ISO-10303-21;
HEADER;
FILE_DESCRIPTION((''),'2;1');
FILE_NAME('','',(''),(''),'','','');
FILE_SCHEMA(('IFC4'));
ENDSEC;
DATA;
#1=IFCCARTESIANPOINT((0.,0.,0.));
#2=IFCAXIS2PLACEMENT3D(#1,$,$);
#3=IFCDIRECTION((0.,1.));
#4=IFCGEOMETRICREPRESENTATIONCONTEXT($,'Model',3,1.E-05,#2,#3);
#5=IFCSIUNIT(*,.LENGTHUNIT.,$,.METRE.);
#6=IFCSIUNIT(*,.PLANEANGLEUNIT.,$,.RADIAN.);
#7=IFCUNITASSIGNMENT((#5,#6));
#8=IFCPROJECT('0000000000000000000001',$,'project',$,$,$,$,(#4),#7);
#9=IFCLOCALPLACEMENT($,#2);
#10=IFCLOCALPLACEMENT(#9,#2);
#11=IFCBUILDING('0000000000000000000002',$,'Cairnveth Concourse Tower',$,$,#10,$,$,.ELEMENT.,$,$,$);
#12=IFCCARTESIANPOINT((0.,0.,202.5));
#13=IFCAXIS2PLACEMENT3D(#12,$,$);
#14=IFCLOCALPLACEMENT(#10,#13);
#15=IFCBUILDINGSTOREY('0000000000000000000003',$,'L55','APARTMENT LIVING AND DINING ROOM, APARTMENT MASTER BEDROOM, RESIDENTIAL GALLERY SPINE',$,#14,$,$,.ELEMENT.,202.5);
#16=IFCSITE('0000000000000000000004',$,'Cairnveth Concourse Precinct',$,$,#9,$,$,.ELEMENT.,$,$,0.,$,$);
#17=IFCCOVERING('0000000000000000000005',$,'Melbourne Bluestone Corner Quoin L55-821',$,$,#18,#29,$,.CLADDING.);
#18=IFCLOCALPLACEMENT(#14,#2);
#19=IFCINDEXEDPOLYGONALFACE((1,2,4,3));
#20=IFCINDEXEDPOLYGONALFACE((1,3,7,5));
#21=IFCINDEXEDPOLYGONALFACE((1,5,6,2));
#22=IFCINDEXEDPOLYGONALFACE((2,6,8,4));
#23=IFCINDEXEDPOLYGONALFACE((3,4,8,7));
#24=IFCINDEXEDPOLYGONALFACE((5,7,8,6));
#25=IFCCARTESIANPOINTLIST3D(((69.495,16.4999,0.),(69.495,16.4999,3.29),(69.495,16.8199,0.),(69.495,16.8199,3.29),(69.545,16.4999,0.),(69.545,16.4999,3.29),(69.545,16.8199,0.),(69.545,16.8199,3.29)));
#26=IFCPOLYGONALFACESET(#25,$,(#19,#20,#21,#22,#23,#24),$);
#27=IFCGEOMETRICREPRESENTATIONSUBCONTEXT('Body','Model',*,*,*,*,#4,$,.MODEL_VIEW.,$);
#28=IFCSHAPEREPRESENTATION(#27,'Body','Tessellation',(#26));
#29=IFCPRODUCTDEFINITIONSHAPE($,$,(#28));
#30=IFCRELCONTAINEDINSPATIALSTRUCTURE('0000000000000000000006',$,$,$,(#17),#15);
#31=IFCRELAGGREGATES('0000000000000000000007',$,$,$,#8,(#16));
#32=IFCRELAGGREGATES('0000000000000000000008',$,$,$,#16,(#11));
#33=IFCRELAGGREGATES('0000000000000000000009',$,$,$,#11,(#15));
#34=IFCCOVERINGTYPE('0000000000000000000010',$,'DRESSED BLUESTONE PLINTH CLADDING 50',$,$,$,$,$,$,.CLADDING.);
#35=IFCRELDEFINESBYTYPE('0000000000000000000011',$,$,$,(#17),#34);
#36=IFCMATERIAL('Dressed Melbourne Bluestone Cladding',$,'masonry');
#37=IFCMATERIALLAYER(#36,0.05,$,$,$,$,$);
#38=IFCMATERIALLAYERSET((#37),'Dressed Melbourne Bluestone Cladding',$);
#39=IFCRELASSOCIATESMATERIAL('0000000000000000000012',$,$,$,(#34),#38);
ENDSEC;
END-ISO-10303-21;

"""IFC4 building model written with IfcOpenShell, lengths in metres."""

from ifc_helpers import new_model, si_unit, direction, frame, frame_2d, origin, place, context, subcontext, project, spatial, rectangle, extrude, material, layer, layer_set, type_object, element, save


model = new_model("IFC4")

# Units and contexts
model_context = context("Model", 3, precision=1e-05, world=origin(), true_north=direction((0.0, 1.0)))
body_context = subcontext(model_context, "Body", "Model", "MODEL_VIEW")
ifc_project = project(units=[si_unit("LENGTHUNIT", "METRE"), si_unit("PLANEANGLEUNIT", "RADIAN")], contexts=[model_context])

# Site, building, storey
site_placement = place(None, origin())
site = spatial("IfcSite", under=ifc_project, at=site_placement, Name="Cairnveth Concourse Precinct", CompositionType="ELEMENT", RefElevation=0.0)
building_placement = place(site_placement, origin())
building = spatial("IfcBuilding", under=site, at=building_placement, Name="Cairnveth Concourse Tower", CompositionType="ELEMENT")
storey_placement = place(building_placement, frame((0.0, 0.0, 202.5)))
storey = spatial("IfcBuildingStorey", under=building, at=storey_placement, Name="L55", Description="APARTMENT LIVING AND DINING ROOM, APARTMENT MASTER BEDROOM, RESIDENTIAL GALLERY SPINE", CompositionType="ELEMENT", Elevation=202.5)

# Covering
ifc_material_1 = material(Name="Dressed Melbourne Bluestone Cladding", Category="masonry")
ifc_layer_1 = layer(ifc_material_1, 0.05)
ifc_layer_set_1 = layer_set([ifc_layer_1], Name="Dressed Melbourne Bluestone Cladding")
covering_type = type_object("IfcCoveringType", Name="DRESSED BLUESTONE PLINTH CLADDING 50", PredefinedType="CLADDING", material=ifc_layer_set_1)
for number, where, z_axis, x_axis, name in (
    (1, (69.52, 16.8201, 0.0), (0.0, 0.0, 1.0), (0.0, -1.0, 0.0), "Melbourne Bluestone Corner Quoin L55-821"),
):
    element("IfcCovering", number, at=place(storey_placement, frame(where, z_axis=z_axis, x_axis=x_axis)), inside=storey, type_object=covering_type, Name=name, PredefinedType="CLADDING", context=body_context, shape_type="SweptSolid", body=[
        extrude(rectangle(XDim=0.3201, YDim=0.05, at=frame_2d((0.1602, 0.0))), origin(), (0.0, 0.0, 1.0), 3.29),
    ])

save(model, "model.ifc")
